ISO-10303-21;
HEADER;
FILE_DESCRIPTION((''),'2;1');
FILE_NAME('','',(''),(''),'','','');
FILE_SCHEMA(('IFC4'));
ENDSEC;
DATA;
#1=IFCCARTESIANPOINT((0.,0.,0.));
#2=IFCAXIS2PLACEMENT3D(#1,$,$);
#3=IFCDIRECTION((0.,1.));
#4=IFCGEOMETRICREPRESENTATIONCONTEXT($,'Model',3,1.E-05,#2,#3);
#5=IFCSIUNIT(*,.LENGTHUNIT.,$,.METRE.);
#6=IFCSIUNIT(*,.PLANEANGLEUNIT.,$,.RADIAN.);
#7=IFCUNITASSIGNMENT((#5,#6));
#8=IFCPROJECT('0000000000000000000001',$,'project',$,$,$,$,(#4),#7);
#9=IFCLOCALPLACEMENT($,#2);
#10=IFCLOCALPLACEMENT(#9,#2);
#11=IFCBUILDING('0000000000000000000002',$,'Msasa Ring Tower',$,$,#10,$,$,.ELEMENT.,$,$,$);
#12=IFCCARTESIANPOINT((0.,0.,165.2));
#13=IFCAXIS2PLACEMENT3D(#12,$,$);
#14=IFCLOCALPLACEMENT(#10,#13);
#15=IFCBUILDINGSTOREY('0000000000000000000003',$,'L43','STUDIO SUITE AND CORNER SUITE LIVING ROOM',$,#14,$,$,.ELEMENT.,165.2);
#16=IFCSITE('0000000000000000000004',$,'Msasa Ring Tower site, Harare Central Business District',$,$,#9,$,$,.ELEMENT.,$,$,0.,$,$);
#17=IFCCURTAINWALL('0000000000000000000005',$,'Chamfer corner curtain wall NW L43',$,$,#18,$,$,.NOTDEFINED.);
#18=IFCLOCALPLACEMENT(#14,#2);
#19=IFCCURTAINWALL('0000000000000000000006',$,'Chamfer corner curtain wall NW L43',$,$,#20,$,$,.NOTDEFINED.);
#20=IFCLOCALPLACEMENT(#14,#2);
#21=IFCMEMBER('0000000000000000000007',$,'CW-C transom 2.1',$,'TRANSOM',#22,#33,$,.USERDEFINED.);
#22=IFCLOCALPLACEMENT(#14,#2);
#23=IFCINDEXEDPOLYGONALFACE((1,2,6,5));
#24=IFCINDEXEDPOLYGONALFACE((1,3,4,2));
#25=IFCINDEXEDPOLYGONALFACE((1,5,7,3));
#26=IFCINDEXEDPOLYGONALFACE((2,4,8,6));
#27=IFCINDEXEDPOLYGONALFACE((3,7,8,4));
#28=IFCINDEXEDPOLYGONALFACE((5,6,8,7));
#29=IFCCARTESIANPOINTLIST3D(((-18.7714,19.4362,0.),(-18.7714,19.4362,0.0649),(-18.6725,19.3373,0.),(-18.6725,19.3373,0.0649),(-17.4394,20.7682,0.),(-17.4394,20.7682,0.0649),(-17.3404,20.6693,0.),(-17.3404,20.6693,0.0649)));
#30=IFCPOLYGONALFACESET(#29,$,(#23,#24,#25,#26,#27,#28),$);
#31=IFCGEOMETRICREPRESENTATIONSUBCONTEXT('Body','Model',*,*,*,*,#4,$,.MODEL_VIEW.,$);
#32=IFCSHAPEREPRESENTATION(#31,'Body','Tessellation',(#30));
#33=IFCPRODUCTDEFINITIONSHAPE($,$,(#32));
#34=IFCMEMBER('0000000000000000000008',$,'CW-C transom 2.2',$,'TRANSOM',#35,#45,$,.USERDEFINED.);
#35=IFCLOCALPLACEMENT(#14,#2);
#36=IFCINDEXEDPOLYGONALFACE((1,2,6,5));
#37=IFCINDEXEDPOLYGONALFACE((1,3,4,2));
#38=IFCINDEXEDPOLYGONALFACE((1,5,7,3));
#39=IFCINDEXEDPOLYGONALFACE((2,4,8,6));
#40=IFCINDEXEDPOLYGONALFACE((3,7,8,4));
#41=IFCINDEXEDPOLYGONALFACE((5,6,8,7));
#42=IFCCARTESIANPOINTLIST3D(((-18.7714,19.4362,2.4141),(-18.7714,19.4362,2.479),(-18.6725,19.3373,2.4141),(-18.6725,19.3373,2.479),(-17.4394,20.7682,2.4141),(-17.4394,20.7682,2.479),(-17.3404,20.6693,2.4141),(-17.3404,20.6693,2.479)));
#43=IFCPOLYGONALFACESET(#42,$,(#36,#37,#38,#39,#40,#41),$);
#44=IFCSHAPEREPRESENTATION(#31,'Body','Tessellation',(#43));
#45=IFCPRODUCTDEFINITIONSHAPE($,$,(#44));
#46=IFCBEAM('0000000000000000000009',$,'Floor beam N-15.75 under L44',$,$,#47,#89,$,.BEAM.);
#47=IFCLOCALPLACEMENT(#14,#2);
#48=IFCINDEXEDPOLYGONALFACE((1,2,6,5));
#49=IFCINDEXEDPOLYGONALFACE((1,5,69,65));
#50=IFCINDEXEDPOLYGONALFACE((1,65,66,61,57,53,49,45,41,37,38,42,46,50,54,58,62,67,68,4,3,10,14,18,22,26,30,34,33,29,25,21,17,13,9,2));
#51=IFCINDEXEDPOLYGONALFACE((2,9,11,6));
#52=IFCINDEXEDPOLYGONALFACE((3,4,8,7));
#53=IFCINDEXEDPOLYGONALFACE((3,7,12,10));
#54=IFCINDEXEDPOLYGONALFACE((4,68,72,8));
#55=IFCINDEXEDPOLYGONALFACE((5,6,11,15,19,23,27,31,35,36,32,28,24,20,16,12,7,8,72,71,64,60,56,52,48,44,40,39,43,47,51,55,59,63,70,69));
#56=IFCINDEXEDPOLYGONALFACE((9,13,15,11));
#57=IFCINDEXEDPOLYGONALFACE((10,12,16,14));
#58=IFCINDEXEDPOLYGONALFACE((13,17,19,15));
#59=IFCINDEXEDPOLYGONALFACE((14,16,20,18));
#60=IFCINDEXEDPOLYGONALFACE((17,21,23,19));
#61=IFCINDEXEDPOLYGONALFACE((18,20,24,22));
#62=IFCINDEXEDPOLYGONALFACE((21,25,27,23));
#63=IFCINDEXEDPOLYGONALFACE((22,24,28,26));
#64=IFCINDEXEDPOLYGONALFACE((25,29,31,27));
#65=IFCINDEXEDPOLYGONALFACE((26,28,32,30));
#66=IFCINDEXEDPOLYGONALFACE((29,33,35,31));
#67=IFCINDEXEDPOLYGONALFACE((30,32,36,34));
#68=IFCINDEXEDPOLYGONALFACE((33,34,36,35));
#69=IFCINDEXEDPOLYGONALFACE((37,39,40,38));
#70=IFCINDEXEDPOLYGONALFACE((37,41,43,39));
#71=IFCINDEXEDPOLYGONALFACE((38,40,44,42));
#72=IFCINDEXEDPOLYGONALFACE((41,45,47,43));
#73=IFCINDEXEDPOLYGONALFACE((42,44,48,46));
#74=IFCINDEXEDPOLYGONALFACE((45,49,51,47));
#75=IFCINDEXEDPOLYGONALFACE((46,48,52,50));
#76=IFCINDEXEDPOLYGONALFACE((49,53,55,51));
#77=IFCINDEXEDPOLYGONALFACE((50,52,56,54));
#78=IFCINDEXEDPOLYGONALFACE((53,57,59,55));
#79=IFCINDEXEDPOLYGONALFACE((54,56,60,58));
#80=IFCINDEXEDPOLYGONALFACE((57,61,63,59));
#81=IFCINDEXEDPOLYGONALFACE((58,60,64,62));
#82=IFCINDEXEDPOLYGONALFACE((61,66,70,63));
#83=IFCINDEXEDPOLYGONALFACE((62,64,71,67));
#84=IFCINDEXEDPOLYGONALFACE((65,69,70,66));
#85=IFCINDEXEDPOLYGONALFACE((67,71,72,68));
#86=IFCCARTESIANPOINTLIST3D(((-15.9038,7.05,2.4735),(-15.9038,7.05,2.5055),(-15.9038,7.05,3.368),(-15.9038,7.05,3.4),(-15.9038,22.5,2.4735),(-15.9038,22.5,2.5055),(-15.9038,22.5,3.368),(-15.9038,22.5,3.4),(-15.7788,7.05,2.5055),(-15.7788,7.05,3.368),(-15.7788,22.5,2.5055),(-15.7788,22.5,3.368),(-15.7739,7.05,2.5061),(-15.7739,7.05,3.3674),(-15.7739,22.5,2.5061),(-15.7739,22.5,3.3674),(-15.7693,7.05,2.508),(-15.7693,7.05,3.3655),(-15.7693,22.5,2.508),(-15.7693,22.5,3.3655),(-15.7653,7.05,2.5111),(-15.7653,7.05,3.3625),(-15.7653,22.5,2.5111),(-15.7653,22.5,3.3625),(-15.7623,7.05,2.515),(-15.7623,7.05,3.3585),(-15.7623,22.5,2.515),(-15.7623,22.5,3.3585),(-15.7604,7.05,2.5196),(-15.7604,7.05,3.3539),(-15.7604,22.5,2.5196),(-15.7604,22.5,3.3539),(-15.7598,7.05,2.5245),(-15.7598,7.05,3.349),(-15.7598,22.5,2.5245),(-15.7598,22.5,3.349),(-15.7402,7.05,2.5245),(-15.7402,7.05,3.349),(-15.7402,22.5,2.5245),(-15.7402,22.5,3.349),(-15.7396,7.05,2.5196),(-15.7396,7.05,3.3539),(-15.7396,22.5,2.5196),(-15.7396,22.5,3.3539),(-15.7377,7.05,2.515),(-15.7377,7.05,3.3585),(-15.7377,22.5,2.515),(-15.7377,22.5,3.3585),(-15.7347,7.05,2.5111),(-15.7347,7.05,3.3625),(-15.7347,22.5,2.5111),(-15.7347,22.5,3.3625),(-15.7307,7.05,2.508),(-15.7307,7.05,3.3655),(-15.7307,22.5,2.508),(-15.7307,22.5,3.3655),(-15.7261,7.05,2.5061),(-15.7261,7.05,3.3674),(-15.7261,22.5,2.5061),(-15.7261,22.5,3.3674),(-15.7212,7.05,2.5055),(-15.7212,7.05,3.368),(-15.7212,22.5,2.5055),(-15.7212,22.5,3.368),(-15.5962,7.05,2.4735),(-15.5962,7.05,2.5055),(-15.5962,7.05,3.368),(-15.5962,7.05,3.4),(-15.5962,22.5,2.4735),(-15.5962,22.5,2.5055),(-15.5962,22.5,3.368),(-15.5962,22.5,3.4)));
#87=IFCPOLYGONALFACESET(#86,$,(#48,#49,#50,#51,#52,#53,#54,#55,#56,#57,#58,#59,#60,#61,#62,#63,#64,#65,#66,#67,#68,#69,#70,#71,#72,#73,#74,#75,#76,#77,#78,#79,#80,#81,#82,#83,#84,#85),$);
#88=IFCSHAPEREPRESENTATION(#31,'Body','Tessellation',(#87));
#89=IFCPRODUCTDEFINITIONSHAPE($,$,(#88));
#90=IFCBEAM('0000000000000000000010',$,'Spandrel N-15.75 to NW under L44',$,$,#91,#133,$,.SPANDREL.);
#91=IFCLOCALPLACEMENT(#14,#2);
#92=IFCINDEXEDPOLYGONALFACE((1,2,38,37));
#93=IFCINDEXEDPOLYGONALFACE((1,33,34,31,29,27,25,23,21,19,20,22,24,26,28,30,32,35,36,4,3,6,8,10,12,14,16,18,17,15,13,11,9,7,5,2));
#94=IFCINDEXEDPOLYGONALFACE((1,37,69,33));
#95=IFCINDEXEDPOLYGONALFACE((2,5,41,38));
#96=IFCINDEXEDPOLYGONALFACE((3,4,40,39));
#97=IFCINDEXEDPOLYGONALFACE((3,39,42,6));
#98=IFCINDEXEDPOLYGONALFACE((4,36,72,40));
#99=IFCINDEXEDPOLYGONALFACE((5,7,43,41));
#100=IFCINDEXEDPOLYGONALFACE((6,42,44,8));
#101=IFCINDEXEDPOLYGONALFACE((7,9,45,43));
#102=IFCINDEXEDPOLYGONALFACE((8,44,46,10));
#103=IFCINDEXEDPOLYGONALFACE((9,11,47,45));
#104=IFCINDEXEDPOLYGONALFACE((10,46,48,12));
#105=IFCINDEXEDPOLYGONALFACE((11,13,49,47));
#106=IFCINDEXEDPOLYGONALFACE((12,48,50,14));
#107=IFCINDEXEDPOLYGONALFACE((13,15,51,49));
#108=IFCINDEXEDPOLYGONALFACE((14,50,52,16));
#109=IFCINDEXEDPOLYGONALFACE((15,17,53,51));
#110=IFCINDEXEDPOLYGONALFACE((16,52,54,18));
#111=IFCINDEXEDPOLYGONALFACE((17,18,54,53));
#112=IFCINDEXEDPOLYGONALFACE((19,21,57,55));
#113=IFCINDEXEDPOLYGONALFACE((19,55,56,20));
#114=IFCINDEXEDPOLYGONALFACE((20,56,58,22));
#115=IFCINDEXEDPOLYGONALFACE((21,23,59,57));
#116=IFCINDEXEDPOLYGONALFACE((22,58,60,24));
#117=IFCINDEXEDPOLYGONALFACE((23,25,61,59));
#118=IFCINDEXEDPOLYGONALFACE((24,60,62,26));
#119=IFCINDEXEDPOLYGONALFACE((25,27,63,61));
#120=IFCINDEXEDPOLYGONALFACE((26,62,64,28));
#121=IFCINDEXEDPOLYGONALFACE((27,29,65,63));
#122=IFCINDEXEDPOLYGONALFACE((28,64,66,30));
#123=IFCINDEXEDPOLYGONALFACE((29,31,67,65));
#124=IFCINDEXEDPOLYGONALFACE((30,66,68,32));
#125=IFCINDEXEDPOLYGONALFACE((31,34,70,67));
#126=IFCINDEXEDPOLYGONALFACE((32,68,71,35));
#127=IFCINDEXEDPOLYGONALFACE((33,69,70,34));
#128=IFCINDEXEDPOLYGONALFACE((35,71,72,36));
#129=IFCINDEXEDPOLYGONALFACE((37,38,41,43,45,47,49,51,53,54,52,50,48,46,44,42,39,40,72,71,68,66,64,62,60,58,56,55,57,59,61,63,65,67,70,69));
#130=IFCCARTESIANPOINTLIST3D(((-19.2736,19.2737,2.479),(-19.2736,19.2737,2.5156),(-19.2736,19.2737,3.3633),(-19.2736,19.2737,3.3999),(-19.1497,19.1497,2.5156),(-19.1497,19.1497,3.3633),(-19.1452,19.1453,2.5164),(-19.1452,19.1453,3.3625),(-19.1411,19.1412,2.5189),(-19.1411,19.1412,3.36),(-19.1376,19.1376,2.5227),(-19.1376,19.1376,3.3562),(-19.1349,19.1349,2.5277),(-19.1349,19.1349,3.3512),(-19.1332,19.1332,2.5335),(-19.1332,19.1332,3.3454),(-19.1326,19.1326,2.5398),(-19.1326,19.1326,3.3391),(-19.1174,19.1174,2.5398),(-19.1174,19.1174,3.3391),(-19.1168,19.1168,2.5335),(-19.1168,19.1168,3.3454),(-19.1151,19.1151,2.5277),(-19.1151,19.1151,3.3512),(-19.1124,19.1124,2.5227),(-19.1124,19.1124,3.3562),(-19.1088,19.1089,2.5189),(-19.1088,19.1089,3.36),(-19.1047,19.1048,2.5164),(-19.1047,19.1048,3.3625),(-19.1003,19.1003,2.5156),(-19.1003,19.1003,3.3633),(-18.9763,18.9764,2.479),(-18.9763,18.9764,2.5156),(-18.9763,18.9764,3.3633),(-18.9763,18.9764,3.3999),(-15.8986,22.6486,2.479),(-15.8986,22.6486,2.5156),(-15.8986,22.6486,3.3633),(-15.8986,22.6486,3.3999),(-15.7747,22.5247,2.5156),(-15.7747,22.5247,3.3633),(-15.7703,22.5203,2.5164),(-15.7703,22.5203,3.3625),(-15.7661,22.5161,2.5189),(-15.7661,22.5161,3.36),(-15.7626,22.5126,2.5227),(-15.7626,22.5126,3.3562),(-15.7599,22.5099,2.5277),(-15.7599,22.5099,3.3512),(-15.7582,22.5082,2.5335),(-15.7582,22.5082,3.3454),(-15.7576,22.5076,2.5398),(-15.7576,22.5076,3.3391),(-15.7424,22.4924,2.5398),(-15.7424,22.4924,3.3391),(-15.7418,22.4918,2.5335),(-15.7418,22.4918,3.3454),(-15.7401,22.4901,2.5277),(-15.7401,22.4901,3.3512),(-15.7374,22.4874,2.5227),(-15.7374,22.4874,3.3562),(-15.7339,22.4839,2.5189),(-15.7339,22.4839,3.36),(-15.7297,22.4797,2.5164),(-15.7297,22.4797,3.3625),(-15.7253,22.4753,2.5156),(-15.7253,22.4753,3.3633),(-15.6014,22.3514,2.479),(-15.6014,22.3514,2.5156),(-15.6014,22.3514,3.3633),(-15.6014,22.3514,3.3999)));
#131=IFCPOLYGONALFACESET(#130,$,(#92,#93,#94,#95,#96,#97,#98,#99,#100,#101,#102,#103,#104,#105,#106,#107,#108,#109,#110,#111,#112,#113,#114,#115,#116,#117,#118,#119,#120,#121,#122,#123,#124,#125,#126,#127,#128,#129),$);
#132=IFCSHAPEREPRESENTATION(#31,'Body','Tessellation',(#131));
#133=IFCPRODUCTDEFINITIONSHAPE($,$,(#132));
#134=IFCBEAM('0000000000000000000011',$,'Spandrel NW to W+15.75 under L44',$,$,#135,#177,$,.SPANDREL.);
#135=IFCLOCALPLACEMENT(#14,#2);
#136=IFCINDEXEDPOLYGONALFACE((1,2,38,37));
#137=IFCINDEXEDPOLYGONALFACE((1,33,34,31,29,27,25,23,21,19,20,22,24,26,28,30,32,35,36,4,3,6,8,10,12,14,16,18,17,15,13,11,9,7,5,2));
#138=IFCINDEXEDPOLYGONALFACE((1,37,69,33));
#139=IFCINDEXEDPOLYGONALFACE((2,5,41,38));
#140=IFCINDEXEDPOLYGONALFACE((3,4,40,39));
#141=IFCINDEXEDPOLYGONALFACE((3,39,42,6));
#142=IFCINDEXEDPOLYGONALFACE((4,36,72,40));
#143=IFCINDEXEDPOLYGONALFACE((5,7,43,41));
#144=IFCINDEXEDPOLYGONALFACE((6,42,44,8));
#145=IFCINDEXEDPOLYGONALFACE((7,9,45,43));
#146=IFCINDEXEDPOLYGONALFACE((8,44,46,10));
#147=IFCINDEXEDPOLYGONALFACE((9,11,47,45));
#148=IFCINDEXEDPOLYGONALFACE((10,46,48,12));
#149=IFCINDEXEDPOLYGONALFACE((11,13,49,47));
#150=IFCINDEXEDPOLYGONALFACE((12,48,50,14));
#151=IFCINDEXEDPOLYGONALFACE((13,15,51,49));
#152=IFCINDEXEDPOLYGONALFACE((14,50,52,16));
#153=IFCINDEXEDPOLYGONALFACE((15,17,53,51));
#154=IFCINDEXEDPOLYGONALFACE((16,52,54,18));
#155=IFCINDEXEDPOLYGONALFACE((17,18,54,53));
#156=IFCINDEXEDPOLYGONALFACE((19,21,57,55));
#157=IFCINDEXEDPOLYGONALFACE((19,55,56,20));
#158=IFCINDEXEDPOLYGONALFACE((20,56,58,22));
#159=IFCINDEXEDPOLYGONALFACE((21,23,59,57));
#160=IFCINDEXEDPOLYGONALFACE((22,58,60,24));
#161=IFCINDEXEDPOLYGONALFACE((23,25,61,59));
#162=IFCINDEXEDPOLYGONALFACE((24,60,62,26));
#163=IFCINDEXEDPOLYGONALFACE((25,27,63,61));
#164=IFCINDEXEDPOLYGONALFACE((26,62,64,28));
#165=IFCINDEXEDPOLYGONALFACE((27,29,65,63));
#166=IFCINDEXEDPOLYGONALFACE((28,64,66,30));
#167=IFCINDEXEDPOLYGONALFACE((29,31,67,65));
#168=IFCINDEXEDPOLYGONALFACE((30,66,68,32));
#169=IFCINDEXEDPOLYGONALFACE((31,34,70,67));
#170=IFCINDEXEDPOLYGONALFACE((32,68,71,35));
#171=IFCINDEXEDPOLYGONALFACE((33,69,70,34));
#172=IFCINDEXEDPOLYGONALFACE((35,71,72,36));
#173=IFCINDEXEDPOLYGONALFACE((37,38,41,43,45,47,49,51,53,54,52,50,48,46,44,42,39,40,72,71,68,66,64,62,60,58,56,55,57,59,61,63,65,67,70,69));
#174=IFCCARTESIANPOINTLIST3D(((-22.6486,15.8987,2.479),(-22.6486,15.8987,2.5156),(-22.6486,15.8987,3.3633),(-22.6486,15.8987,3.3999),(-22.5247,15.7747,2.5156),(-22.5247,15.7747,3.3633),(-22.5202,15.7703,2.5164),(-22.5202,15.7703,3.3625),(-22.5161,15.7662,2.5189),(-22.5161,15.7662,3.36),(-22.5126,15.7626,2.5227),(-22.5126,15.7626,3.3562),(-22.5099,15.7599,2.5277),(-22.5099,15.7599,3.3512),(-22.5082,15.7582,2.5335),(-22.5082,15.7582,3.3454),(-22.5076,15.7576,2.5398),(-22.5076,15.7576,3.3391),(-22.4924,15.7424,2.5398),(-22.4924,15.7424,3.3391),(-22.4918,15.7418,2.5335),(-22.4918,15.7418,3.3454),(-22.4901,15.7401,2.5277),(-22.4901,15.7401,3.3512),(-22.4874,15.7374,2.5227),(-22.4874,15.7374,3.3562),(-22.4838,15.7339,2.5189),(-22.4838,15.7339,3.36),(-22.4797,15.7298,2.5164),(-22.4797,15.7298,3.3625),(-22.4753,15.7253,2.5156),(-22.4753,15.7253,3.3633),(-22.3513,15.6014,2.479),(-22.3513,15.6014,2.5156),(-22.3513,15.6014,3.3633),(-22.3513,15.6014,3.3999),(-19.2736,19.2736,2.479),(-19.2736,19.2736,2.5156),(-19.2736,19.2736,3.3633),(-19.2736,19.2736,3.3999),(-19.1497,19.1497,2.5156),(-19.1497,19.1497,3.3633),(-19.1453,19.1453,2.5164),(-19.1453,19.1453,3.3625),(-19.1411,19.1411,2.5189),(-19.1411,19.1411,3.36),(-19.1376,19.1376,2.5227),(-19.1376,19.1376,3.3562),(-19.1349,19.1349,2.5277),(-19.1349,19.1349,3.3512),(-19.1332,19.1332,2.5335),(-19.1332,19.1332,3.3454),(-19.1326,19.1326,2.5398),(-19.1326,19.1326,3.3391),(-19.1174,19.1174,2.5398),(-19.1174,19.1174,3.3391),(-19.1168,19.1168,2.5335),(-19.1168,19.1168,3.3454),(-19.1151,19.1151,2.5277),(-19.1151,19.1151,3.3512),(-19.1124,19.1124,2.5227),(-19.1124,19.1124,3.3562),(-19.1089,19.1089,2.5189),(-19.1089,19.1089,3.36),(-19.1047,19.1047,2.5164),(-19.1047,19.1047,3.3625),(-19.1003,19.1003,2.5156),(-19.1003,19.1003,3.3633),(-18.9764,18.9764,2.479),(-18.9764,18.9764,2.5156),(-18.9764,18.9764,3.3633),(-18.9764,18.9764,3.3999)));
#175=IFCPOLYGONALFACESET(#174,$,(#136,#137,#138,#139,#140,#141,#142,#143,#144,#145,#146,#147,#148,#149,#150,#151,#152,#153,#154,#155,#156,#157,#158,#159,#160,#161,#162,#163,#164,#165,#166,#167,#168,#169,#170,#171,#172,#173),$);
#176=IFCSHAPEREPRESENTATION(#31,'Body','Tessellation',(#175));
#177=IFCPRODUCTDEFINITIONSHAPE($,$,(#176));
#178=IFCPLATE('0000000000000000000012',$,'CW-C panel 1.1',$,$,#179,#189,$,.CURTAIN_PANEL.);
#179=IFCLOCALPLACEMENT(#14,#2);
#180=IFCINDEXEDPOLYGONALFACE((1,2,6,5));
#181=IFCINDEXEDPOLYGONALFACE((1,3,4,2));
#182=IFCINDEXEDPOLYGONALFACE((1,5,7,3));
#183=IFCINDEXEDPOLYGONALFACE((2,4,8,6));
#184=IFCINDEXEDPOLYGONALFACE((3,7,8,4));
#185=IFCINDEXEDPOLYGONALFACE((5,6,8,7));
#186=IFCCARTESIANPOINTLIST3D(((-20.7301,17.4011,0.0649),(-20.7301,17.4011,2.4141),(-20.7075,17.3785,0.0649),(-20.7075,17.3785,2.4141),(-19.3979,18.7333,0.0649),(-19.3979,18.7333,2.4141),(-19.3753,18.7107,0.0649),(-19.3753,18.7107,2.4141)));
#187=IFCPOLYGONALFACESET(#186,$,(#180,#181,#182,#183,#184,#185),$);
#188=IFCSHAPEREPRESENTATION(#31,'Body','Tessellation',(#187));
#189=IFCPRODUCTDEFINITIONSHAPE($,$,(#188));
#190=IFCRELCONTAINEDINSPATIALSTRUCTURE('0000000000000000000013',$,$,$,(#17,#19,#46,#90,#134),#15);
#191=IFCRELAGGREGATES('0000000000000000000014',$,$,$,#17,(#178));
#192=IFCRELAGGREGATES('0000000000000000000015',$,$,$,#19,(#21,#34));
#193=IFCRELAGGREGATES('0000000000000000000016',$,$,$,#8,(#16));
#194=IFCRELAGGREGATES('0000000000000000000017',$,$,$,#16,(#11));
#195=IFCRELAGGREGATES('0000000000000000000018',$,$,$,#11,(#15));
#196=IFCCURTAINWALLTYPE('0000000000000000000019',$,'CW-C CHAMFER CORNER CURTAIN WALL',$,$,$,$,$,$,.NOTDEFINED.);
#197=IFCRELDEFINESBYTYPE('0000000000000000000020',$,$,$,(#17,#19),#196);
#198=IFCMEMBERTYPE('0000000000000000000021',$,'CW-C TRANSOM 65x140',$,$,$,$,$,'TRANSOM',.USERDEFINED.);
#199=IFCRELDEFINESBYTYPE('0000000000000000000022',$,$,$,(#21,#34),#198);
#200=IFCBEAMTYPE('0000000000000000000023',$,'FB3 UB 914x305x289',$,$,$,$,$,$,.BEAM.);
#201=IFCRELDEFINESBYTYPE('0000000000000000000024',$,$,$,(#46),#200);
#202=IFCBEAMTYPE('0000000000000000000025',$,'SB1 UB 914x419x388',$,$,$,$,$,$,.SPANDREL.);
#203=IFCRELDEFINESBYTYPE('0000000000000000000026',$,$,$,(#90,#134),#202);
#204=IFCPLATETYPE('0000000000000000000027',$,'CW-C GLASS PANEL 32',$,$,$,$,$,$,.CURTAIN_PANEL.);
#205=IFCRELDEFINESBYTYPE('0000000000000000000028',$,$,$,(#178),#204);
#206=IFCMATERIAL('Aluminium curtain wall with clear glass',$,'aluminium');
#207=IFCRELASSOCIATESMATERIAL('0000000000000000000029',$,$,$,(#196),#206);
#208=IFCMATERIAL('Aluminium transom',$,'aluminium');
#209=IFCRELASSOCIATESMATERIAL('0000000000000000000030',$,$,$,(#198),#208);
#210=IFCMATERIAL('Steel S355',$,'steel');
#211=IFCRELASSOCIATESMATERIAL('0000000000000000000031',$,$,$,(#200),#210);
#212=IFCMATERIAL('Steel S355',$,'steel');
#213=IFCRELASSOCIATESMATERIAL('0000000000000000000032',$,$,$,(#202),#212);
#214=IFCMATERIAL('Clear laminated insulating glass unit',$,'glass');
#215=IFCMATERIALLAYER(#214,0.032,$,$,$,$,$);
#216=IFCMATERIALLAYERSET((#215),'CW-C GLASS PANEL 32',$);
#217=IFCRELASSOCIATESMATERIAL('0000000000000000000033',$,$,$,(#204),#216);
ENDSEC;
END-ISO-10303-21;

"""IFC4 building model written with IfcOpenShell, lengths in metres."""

from ifc_helpers import new_model, si_unit, direction, frame, origin, origin_2d, place, context, subcontext, project, spatial, rectangle, i_section, extrude, material, layer, layer_set, material_profile, profile_set, type_object, element, aggregate, save


model = new_model("IFC4")

# Units and contexts
model_context = context("Model", 3, precision=1e-05, world=origin(), true_north=direction((0.0, 1.0)))
body_context = subcontext(model_context, "Body", "Model", "MODEL_VIEW")
ifc_project = project(units=[si_unit("LENGTHUNIT", "METRE"), si_unit("PLANEANGLEUNIT", "RADIAN")], contexts=[model_context])

# Site, building, storey
site_placement = place(None, origin())
site = spatial("IfcSite", under=ifc_project, at=site_placement, Name="Msasa Ring Tower site, Harare Central Business District", CompositionType="ELEMENT", RefElevation=0.0)
building_placement = place(site_placement, origin())
building = spatial("IfcBuilding", under=site, at=building_placement, Name="Msasa Ring Tower", CompositionType="ELEMENT")
storey_placement = place(building_placement, frame((0.0, 0.0, 165.2)))
storey = spatial("IfcBuildingStorey", under=building, at=storey_placement, Name="L43", Description="STUDIO SUITE AND CORNER SUITE LIVING ROOM", CompositionType="ELEMENT", Elevation=165.2)

# Curtain walls
ifc_material_1 = material(Name="Aluminium curtain wall with clear glass", Category="aluminium")
curtain_wall_type = type_object("IfcCurtainWallType", Name="CW-C CHAMFER CORNER CURTAIN WALL", PredefinedType="NOTDEFINED", material=ifc_material_1)
curtain_wall_1_placement = place(storey_placement, origin())
curtain_wall_1 = element("IfcCurtainWall", 1, at=curtain_wall_1_placement, inside=storey, type_object=curtain_wall_type, Name="Chamfer corner curtain wall NW L43", PredefinedType="NOTDEFINED")
curtain_wall_2_placement = place(storey_placement, origin())
curtain_wall_2 = element("IfcCurtainWall", 2, at=curtain_wall_2_placement, inside=storey, type_object=curtain_wall_type, Name="Chamfer corner curtain wall NW L43", PredefinedType="NOTDEFINED")

# Members
ifc_material_2 = material(Name="Aluminium transom", Category="aluminium")
ifc_material_profile_1 = material_profile(ifc_material_2, rectangle(XDim=0.1399, YDim=0.0649, at=origin_2d()), Name="AL 65x140")
ifc_profile_set_1 = profile_set([ifc_material_profile_1], Name="Aluminium transom")
member_type_1 = type_object("IfcMemberType", Name="CW-C TRANSOM 65x140", ElementType="TRANSOM", PredefinedType="USERDEFINED", material=ifc_profile_set_1)
member_1_placement = place(storey_placement, frame((-17.3899, 20.7188, 0.0325), z_axis=(-0.707107, -0.707107, 0.0), x_axis=(0.707107, -0.707107, 0.0)))
member_1 = element("IfcMember", 3, at=member_1_placement, type_object=member_type_1, Name="CW-C transom 2.1", ObjectType="TRANSOM", PredefinedType="USERDEFINED", context=body_context, shape_type="SweptSolid", body=[
    extrude(rectangle(XDim=0.1399, YDim=0.0649, at=origin_2d()), origin(), (0.0, 0.0, 1.0), 1.8838),
])
member_2_placement = place(storey_placement, frame((-17.3899, 20.7188, 2.4465), z_axis=(-0.707107, -0.707107, 0.0), x_axis=(0.707107, -0.707107, 0.0)))
member_2 = element("IfcMember", 4, at=member_2_placement, type_object=member_type_1, Name="CW-C transom 2.2", ObjectType="TRANSOM", PredefinedType="USERDEFINED", context=body_context, shape_type="SweptSolid", body=[
    extrude(rectangle(XDim=0.1399, YDim=0.0649, at=origin_2d()), origin(), (0.0, 0.0, 1.0), 1.8838),
])

# Beams
ifc_material_3 = material(Name="Steel S355", Category="steel")
ifc_material_profile_2 = material_profile(ifc_material_3, i_section(OverallWidth=0.3076, OverallDepth=0.9265, WebThickness=0.0195, FlangeThickness=0.032, FilletRadius=0.019, at=origin_2d()), Name="UB 914x305x289")
ifc_profile_set_2 = profile_set([ifc_material_profile_2], Name="Steel S355")
beam_type_1 = type_object("IfcBeamType", Name="FB3 UB 914x305x289", PredefinedType="BEAM", material=ifc_profile_set_2)
beam_placement = place(storey_placement, frame((-15.75, 22.5, 2.9368), z_axis=(0.0, -1.0, 0.0), x_axis=(1.0, 0.0, 0.0)))
element("IfcBeam", 5, at=beam_placement, inside=storey, type_object=beam_type_1, Name="Floor beam N-15.75 under L44", PredefinedType="BEAM", context=body_context, shape_type="SweptSolid", body=[
    extrude(i_section(OverallWidth=0.3076, OverallDepth=0.9265, WebThickness=0.0195, FlangeThickness=0.032, FilletRadius=0.019, at=origin_2d()), origin(), (0.0, 0.0, 1.0), 15.45),
])
ifc_material_4 = material(Name="Steel S355", Category="steel")
ifc_material_profile_3 = material_profile(ifc_material_4, i_section(OverallWidth=0.4204, OverallDepth=0.9209, WebThickness=0.0215, FlangeThickness=0.0366, FilletRadius=0.0242, at=origin_2d()), Name="UB 914x419x388")
ifc_profile_set_3 = profile_set([ifc_material_profile_3], Name="Steel S355")
beam_type_2 = type_object("IfcBeamType", Name="SB1 UB 914x419x388", PredefinedType="SPANDREL", material=ifc_profile_set_3)
for number, where, z_axis, x_axis, name in (
    (6, (-15.75, 22.5, 2.9395), (-0.707107, -0.707107, 0.0), (0.707107, -0.707107, 0.0), "Spandrel N-15.75 to NW under L44"),
    (7, (-19.125, 19.125, 2.9395), (-0.707107, -0.707107, 0.0), (0.707107, -0.707107, 0.0), "Spandrel NW to W+15.75 under L44"),
):
    element("IfcBeam", number, at=place(storey_placement, frame(where, z_axis=z_axis, x_axis=x_axis)), inside=storey, type_object=beam_type_2, Name=name, PredefinedType="SPANDREL", context=body_context, shape_type="SweptSolid", body=[
        extrude(i_section(OverallWidth=0.4204, OverallDepth=0.9209, WebThickness=0.0215, FlangeThickness=0.0366, FilletRadius=0.0242, at=origin_2d()), origin(), (0.0, 0.0, 1.0), 4.7729),
    ])

# Plate
ifc_material_5 = material(Name="Clear laminated insulating glass unit", Category="glass")
ifc_layer_1 = layer(ifc_material_5, 0.032)
ifc_layer_set_1 = layer_set([ifc_layer_1], Name="CW-C GLASS PANEL 32")
plate_type = type_object("IfcPlateType", Name="CW-C GLASS PANEL 32", PredefinedType="CURTAIN_PANEL", material=ifc_layer_set_1)
plate_1_placement = place(storey_placement, frame((-20.0527, 18.0559, 0.0649), z_axis=(0.0, 0.0, 1.0), x_axis=(-0.707107, -0.707107, 0.0)))
plate_1 = element("IfcPlate", 8, at=plate_1_placement, type_object=plate_type, Name="CW-C panel 1.1", PredefinedType="CURTAIN_PANEL", context=body_context, shape_type="SweptSolid", body=[
    extrude(rectangle(XDim=1.884, YDim=0.032, at=origin_2d()), origin(), (0.0, 0.0, 1.0), 2.3491),
])
aggregate(curtain_wall_1, [plate_1])
aggregate(curtain_wall_2, [member_1, member_2])

save(model, "model.ifc")
